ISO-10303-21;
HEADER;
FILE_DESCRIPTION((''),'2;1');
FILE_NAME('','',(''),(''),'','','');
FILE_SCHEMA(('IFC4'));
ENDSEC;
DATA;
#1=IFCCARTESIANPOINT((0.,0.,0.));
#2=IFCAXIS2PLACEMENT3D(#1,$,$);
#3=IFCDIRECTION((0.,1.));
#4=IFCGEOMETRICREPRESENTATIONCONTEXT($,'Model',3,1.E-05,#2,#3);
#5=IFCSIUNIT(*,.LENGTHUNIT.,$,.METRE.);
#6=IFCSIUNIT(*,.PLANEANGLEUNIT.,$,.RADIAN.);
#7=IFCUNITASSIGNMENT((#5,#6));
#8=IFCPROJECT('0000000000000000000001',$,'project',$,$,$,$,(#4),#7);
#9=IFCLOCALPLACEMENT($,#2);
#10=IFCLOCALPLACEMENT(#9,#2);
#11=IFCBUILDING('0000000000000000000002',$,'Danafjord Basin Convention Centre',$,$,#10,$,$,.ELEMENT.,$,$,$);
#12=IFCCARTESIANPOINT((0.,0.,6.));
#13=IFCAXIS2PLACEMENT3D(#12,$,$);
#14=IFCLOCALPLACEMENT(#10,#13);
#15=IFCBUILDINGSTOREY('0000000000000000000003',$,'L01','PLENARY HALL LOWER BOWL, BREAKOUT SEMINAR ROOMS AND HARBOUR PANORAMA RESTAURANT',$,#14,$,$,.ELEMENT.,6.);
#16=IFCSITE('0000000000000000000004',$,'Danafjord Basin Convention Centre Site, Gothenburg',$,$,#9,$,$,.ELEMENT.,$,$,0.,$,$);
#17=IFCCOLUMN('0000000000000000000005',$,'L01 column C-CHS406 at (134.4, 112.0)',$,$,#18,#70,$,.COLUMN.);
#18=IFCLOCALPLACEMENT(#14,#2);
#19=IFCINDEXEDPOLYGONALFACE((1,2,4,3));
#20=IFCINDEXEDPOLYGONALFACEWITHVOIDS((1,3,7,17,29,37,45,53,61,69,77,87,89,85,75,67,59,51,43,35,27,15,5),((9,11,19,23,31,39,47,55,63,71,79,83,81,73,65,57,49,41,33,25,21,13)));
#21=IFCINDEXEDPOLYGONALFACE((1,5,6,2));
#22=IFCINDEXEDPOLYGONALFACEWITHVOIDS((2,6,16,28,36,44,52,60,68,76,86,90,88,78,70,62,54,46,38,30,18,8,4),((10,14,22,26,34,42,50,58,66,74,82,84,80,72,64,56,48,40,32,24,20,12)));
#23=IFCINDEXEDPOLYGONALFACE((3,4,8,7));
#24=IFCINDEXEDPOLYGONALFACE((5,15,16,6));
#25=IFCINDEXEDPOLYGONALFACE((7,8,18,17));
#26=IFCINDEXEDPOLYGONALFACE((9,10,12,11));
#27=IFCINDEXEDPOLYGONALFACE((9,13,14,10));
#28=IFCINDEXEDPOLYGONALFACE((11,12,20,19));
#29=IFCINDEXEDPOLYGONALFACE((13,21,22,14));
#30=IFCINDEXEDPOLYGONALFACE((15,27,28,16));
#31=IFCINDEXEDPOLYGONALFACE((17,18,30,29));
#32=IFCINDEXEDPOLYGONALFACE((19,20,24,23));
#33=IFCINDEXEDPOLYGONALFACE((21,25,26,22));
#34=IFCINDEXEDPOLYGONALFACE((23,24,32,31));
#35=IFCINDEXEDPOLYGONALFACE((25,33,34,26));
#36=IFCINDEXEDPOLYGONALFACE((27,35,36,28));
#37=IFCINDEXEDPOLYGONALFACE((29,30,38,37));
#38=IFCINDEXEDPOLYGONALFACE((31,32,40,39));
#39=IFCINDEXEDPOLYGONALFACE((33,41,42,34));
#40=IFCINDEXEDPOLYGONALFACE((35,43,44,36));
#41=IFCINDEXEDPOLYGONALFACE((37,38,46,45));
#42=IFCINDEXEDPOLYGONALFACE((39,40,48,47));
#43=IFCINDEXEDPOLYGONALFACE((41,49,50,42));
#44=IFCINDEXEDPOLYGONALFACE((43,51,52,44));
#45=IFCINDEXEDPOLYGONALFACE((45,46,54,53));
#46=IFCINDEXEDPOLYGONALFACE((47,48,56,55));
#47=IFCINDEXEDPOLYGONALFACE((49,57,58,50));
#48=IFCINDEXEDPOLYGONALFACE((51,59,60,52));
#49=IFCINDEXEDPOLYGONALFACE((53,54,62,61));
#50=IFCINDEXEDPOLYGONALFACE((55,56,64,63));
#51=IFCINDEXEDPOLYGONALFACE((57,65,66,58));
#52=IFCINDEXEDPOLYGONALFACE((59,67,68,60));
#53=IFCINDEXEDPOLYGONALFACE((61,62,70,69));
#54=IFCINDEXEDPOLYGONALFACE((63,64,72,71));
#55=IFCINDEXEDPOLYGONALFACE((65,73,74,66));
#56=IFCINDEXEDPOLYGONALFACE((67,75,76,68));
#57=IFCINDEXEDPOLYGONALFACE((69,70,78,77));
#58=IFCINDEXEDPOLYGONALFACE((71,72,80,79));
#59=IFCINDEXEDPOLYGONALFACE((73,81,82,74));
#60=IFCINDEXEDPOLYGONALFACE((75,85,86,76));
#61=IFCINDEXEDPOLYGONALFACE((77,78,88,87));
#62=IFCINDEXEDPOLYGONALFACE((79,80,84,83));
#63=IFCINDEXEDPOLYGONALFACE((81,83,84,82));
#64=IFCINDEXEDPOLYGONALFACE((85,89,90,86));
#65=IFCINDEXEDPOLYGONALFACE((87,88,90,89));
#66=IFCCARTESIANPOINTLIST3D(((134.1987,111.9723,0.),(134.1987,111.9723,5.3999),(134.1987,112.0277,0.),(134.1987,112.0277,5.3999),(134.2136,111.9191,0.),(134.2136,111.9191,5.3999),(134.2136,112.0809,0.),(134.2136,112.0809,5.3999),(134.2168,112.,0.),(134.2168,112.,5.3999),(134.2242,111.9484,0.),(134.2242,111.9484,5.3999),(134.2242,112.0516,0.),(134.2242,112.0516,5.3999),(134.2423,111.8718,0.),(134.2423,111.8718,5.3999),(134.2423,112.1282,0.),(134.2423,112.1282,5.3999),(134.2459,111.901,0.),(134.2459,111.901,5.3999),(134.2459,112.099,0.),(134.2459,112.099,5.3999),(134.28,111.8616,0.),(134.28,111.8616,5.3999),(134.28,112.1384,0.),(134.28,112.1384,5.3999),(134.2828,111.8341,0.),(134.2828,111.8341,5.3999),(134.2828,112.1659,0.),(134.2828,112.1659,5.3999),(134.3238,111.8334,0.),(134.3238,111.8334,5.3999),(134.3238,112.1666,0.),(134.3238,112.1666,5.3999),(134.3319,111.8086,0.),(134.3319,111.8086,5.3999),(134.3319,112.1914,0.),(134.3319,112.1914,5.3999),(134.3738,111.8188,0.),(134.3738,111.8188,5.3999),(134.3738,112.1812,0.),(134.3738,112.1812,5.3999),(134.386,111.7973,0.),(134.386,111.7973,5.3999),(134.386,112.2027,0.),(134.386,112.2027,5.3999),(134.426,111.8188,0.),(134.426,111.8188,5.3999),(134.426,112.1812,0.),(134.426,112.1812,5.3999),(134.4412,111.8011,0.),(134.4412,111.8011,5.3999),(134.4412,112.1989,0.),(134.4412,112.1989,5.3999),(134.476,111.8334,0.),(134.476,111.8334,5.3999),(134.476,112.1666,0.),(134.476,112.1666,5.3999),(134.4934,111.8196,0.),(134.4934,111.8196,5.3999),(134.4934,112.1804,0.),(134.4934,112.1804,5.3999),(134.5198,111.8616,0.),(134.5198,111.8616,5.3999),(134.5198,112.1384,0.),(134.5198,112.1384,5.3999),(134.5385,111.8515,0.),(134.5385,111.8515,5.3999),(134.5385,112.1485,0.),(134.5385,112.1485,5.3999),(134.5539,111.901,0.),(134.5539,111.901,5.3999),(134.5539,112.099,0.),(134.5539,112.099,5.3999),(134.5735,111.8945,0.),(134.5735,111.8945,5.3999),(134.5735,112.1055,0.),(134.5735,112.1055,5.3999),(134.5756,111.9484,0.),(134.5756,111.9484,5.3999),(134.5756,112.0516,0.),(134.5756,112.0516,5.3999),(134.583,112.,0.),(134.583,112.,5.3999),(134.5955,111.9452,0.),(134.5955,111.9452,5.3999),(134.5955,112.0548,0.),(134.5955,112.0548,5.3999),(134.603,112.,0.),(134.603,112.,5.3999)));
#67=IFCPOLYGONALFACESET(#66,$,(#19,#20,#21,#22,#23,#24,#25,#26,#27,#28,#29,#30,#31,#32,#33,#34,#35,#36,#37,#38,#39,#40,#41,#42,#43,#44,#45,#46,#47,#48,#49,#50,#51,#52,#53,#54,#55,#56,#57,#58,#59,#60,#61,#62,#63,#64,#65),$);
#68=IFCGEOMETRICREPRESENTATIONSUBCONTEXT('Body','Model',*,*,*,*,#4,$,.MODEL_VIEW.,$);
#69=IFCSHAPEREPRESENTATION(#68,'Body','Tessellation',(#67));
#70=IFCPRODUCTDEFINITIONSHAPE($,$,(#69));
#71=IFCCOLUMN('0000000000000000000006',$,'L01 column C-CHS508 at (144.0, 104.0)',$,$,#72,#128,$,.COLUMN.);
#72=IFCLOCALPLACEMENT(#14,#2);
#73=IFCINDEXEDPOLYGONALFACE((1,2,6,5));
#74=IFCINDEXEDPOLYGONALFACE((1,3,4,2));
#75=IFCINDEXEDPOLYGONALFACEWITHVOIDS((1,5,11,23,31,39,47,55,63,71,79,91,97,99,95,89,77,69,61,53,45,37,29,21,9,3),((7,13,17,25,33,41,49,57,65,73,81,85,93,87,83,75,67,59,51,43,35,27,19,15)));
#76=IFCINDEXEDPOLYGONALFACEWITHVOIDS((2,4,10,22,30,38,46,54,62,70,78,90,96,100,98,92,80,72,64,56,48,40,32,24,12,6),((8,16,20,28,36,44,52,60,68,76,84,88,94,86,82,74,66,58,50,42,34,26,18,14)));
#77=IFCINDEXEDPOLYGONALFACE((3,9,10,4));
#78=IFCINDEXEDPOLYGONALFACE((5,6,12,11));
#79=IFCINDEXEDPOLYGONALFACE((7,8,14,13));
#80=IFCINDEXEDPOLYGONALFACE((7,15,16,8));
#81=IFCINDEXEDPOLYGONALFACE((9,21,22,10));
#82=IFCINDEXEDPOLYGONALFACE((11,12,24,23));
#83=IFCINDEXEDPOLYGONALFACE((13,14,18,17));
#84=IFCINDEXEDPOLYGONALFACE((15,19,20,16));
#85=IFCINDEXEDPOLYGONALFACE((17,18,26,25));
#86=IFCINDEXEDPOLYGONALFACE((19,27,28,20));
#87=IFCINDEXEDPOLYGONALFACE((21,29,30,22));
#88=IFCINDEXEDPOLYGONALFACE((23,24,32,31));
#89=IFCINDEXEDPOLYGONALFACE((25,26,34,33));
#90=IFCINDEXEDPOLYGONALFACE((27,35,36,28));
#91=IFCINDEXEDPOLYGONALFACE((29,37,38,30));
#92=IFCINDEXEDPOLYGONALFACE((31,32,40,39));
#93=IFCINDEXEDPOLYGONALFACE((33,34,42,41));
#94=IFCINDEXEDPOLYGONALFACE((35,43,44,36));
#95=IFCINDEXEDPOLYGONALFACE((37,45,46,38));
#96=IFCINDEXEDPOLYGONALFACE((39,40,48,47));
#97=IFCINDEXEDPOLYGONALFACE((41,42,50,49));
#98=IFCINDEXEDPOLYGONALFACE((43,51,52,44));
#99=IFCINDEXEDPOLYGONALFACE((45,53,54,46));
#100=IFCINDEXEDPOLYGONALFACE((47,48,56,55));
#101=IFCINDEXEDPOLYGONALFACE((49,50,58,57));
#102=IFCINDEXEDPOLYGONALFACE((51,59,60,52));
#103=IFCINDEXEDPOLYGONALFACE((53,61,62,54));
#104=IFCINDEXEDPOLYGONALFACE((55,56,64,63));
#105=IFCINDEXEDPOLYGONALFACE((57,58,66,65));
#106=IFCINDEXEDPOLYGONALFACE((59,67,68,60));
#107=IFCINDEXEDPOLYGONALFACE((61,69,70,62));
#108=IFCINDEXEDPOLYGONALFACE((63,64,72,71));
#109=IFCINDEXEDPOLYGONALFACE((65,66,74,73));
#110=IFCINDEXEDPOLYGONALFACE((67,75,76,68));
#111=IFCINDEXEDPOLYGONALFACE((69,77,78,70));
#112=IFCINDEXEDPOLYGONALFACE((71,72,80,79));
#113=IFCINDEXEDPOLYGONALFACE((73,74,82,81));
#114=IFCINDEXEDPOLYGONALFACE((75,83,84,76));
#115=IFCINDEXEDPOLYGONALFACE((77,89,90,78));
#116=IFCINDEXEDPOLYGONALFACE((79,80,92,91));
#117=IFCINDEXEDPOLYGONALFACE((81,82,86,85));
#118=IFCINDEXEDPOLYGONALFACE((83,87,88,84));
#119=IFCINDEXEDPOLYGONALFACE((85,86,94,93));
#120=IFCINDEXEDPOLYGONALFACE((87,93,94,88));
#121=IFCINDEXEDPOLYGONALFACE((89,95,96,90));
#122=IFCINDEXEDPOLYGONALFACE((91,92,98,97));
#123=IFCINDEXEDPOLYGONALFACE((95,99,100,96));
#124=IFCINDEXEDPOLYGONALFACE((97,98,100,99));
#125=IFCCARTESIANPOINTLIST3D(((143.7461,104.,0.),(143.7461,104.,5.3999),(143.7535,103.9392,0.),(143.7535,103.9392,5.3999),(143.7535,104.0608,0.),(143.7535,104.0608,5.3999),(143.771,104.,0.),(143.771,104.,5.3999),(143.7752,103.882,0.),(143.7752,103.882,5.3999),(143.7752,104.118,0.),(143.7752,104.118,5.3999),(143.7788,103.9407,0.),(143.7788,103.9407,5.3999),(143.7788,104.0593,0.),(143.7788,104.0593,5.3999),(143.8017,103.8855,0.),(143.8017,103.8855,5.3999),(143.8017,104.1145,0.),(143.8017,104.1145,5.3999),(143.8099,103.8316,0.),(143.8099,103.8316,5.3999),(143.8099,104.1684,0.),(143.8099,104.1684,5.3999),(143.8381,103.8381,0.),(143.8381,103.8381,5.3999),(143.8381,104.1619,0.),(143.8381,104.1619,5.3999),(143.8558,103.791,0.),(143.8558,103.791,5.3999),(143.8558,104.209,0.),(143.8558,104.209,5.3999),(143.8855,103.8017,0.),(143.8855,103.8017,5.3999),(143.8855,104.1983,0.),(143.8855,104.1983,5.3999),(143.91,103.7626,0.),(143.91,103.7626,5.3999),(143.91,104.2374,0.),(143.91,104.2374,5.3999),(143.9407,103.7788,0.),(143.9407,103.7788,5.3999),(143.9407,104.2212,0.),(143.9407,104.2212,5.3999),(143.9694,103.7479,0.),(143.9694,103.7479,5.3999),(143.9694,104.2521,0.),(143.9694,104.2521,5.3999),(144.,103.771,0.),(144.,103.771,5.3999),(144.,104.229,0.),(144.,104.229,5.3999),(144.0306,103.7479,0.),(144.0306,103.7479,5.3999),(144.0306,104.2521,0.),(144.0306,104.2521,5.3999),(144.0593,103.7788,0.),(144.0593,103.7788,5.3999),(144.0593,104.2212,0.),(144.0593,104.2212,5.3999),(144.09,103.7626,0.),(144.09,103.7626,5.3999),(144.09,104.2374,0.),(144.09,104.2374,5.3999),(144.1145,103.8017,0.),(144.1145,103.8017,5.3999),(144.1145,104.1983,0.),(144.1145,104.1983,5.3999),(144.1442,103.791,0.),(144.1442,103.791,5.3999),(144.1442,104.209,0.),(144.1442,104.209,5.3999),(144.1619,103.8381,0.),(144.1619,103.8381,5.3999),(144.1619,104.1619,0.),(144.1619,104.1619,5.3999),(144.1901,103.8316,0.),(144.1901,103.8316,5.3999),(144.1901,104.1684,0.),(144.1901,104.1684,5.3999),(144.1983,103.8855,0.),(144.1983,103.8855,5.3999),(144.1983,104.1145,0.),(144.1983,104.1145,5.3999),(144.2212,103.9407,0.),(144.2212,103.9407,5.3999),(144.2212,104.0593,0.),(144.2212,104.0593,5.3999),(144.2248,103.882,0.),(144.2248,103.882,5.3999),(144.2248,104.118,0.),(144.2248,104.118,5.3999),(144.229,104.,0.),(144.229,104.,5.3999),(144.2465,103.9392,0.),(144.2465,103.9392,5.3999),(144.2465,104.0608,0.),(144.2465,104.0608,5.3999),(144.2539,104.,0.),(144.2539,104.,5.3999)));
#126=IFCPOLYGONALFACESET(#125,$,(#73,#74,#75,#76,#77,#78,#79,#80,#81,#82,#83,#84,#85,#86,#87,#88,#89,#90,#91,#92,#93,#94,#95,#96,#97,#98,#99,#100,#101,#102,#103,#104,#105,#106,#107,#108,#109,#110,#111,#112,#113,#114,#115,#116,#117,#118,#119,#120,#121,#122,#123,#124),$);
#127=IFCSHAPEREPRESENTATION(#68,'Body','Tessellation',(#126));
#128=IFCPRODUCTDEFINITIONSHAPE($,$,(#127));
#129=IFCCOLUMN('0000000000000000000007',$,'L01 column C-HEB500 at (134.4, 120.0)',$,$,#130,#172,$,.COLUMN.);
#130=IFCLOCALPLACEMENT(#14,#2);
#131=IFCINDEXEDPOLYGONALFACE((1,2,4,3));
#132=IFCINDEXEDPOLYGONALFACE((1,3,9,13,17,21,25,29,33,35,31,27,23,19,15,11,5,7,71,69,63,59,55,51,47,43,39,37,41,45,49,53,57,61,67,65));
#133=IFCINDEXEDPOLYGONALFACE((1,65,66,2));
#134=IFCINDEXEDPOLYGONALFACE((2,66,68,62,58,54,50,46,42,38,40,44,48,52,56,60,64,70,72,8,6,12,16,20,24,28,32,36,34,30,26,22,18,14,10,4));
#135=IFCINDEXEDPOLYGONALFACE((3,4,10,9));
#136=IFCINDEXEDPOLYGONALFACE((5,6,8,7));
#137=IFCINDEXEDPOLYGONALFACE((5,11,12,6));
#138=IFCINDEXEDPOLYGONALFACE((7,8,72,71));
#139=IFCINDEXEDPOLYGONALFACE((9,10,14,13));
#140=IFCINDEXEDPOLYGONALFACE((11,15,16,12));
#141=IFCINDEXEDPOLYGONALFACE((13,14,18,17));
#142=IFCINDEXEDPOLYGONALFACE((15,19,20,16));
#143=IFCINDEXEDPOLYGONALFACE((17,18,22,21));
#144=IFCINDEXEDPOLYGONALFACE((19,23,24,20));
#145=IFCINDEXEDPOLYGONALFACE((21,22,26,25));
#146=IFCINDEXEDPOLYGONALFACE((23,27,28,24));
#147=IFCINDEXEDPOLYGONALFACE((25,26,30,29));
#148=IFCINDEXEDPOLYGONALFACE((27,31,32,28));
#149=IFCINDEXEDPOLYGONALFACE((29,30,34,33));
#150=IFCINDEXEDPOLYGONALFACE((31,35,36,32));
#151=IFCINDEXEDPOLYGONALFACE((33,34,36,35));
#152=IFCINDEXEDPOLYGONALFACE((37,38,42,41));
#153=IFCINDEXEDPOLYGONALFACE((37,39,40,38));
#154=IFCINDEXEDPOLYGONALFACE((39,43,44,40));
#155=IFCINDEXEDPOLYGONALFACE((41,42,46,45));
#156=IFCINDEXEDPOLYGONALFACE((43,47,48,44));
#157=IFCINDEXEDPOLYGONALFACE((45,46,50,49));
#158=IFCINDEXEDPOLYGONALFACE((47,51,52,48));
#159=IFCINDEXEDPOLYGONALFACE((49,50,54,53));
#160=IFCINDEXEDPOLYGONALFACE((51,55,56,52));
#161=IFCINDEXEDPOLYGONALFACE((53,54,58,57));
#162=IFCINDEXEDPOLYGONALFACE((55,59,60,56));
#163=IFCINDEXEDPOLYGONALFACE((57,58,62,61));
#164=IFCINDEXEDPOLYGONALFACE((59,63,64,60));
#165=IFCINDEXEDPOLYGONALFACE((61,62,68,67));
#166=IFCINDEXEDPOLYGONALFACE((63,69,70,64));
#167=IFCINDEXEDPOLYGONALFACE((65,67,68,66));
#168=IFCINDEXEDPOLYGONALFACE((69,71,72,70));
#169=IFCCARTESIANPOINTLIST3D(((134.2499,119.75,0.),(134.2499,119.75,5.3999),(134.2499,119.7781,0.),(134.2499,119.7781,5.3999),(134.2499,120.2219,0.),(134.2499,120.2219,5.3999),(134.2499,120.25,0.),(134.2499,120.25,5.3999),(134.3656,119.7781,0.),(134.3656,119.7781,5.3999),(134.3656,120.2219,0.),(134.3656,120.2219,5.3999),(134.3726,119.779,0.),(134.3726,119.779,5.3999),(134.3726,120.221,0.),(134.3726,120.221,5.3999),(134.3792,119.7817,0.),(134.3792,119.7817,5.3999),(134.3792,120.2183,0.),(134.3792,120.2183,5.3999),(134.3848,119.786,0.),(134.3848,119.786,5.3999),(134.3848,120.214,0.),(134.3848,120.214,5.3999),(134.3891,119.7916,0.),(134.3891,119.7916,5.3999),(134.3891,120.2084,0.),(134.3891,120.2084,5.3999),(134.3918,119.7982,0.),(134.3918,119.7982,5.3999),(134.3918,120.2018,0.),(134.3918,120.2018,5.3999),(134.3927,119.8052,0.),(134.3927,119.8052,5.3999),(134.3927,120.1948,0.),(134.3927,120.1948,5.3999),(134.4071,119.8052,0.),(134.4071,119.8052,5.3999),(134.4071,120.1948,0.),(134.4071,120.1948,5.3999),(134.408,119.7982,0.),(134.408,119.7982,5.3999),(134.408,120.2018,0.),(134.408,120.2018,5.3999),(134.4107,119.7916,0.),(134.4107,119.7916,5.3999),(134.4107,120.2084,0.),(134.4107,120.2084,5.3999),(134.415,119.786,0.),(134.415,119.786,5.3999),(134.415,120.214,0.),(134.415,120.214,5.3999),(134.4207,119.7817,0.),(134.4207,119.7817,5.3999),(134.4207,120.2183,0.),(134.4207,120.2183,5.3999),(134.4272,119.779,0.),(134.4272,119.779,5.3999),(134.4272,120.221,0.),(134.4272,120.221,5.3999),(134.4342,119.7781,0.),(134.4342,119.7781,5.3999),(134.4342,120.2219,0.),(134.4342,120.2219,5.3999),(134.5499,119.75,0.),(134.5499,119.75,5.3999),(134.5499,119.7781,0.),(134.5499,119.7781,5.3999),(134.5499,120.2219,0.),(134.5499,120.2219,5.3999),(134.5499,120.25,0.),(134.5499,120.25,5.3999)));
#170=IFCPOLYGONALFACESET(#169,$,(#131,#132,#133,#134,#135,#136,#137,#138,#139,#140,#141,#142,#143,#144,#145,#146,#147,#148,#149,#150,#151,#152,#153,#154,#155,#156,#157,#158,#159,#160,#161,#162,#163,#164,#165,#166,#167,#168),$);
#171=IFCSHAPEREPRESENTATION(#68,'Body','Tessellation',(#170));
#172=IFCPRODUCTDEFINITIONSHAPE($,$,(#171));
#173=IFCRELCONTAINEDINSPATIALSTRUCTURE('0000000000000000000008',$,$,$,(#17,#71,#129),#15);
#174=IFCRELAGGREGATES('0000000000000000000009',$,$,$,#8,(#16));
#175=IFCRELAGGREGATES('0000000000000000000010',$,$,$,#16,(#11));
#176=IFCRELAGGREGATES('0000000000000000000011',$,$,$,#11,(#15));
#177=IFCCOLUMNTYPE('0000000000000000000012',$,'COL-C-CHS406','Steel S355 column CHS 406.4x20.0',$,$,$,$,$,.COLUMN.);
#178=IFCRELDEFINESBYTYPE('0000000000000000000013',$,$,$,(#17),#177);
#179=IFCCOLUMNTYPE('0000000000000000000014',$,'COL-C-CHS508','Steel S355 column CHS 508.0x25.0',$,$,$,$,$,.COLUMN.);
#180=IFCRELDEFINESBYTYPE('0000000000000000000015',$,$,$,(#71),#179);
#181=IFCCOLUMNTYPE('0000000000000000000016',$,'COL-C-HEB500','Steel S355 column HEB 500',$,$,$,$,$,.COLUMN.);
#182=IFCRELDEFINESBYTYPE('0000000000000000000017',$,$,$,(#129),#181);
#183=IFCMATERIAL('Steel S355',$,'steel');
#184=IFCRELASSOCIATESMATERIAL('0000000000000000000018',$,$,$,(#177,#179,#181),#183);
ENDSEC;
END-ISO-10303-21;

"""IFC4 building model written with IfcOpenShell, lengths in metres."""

from ifc_helpers import new_model, si_unit, direction, frame, origin, origin_2d, place, context, subcontext, project, spatial, hollow_circle, i_section, extrude, material, material_profile, profile_set, type_object, element, save


model = new_model("IFC4")

# Units and contexts
model_context = context("Model", 3, precision=1e-05, world=origin(), true_north=direction((0.0, 1.0)))
body_context = subcontext(model_context, "Body", "Model", "MODEL_VIEW")
ifc_project = project(units=[si_unit("LENGTHUNIT", "METRE"), si_unit("PLANEANGLEUNIT", "RADIAN")], contexts=[model_context])

# Site, building, storey
site_placement = place(None, origin())
site = spatial("IfcSite", under=ifc_project, at=site_placement, Name="Danafjord Basin Convention Centre Site, Gothenburg", CompositionType="ELEMENT", RefElevation=0.0)
building_placement = place(site_placement, origin())
building = spatial("IfcBuilding", under=site, at=building_placement, Name="Danafjord Basin Convention Centre", CompositionType="ELEMENT")
storey_placement = place(building_placement, frame((0.0, 0.0, 6.0)))
storey = spatial("IfcBuildingStorey", under=building, at=storey_placement, Name="L01", Description="PLENARY HALL LOWER BOWL, BREAKOUT SEMINAR ROOMS AND HARBOUR PANORAMA RESTAURANT", CompositionType="ELEMENT", Elevation=6.0)

# Columns
ifc_material_1 = material(Name="Steel S355", Category="steel")
ifc_material_profile_1 = material_profile(ifc_material_1, hollow_circle(Radius=0.2031, WallThickness=0.02, at=origin_2d()), Name="CHS 406.4x20.0")
ifc_profile_set_1 = profile_set([ifc_material_profile_1], Name="Steel S355")
column_type_1 = type_object("IfcColumnType", Name="COL-C-CHS406", Description="Steel S355 column CHS 406.4x20.0", PredefinedType="COLUMN", material=ifc_profile_set_1)
column_1_placement = place(storey_placement, frame((134.3999, 112.0, 0.0), z_axis=(0.0, 0.0, 1.0), x_axis=(1.0, 0.0, 0.0)))
element("IfcColumn", 1, at=column_1_placement, inside=storey, type_object=column_type_1, Name="L01 column C-CHS406 at (134.4, 112.0)", PredefinedType="COLUMN", context=body_context, shape_type="SweptSolid", body=[
    extrude(hollow_circle(Radius=0.2031, WallThickness=0.02, at=origin_2d()), origin(), (0.0, 0.0, 1.0), 5.3999),
])
ifc_material_profile_2 = material_profile(ifc_material_1, hollow_circle(Radius=0.2539, WallThickness=0.0249, at=origin_2d()), Name="CHS 508.0x25.0")
ifc_profile_set_2 = profile_set([ifc_material_profile_2], Name="Steel S355")
column_type_2 = type_object("IfcColumnType", Name="COL-C-CHS508", Description="Steel S355 column CHS 508.0x25.0", PredefinedType="COLUMN", material=ifc_profile_set_2)
column_2_placement = place(storey_placement, frame((144.0, 104.0, 0.0), z_axis=(0.0, 0.0, 1.0), x_axis=(1.0, 0.0, 0.0)))
element("IfcColumn", 2, at=column_2_placement, inside=storey, type_object=column_type_2, Name="L01 column C-CHS508 at (144.0, 104.0)", PredefinedType="COLUMN", context=body_context, shape_type="SweptSolid", body=[
    extrude(hollow_circle(Radius=0.2539, WallThickness=0.0249, at=origin_2d()), origin(), (0.0, 0.0, 1.0), 5.3999),
])
ifc_material_profile_3 = material_profile(ifc_material_1, i_section(OverallWidth=0.3, OverallDepth=0.5, WebThickness=0.0144, FlangeThickness=0.0281, FilletRadius=0.0271, at=origin_2d()), Name="HEB 500")
ifc_profile_set_3 = profile_set([ifc_material_profile_3], Name="Steel S355")
column_type_3 = type_object("IfcColumnType", Name="COL-C-HEB500", Description="Steel S355 column HEB 500", PredefinedType="COLUMN", material=ifc_profile_set_3)
for number, where, z_axis, x_axis, name in (
    (3, (134.3999, 120.0, 0.0), (0.0, 0.0, 1.0), (1.0, 0.0, 0.0), "L01 column C-HEB500 at (134.4, 120.0)"),
):
    element("IfcColumn", number, at=place(storey_placement, frame(where, z_axis=z_axis, x_axis=x_axis)), inside=storey, type_object=column_type_3, Name=name, PredefinedType="COLUMN", context=body_context, shape_type="SweptSolid", body=[
        extrude(i_section(OverallWidth=0.3, OverallDepth=0.5, WebThickness=0.0144, FlangeThickness=0.0281, FilletRadius=0.0271, at=origin_2d()), origin(), (0.0, 0.0, 1.0), 5.3999),
    ])

save(model, "model.ifc")
